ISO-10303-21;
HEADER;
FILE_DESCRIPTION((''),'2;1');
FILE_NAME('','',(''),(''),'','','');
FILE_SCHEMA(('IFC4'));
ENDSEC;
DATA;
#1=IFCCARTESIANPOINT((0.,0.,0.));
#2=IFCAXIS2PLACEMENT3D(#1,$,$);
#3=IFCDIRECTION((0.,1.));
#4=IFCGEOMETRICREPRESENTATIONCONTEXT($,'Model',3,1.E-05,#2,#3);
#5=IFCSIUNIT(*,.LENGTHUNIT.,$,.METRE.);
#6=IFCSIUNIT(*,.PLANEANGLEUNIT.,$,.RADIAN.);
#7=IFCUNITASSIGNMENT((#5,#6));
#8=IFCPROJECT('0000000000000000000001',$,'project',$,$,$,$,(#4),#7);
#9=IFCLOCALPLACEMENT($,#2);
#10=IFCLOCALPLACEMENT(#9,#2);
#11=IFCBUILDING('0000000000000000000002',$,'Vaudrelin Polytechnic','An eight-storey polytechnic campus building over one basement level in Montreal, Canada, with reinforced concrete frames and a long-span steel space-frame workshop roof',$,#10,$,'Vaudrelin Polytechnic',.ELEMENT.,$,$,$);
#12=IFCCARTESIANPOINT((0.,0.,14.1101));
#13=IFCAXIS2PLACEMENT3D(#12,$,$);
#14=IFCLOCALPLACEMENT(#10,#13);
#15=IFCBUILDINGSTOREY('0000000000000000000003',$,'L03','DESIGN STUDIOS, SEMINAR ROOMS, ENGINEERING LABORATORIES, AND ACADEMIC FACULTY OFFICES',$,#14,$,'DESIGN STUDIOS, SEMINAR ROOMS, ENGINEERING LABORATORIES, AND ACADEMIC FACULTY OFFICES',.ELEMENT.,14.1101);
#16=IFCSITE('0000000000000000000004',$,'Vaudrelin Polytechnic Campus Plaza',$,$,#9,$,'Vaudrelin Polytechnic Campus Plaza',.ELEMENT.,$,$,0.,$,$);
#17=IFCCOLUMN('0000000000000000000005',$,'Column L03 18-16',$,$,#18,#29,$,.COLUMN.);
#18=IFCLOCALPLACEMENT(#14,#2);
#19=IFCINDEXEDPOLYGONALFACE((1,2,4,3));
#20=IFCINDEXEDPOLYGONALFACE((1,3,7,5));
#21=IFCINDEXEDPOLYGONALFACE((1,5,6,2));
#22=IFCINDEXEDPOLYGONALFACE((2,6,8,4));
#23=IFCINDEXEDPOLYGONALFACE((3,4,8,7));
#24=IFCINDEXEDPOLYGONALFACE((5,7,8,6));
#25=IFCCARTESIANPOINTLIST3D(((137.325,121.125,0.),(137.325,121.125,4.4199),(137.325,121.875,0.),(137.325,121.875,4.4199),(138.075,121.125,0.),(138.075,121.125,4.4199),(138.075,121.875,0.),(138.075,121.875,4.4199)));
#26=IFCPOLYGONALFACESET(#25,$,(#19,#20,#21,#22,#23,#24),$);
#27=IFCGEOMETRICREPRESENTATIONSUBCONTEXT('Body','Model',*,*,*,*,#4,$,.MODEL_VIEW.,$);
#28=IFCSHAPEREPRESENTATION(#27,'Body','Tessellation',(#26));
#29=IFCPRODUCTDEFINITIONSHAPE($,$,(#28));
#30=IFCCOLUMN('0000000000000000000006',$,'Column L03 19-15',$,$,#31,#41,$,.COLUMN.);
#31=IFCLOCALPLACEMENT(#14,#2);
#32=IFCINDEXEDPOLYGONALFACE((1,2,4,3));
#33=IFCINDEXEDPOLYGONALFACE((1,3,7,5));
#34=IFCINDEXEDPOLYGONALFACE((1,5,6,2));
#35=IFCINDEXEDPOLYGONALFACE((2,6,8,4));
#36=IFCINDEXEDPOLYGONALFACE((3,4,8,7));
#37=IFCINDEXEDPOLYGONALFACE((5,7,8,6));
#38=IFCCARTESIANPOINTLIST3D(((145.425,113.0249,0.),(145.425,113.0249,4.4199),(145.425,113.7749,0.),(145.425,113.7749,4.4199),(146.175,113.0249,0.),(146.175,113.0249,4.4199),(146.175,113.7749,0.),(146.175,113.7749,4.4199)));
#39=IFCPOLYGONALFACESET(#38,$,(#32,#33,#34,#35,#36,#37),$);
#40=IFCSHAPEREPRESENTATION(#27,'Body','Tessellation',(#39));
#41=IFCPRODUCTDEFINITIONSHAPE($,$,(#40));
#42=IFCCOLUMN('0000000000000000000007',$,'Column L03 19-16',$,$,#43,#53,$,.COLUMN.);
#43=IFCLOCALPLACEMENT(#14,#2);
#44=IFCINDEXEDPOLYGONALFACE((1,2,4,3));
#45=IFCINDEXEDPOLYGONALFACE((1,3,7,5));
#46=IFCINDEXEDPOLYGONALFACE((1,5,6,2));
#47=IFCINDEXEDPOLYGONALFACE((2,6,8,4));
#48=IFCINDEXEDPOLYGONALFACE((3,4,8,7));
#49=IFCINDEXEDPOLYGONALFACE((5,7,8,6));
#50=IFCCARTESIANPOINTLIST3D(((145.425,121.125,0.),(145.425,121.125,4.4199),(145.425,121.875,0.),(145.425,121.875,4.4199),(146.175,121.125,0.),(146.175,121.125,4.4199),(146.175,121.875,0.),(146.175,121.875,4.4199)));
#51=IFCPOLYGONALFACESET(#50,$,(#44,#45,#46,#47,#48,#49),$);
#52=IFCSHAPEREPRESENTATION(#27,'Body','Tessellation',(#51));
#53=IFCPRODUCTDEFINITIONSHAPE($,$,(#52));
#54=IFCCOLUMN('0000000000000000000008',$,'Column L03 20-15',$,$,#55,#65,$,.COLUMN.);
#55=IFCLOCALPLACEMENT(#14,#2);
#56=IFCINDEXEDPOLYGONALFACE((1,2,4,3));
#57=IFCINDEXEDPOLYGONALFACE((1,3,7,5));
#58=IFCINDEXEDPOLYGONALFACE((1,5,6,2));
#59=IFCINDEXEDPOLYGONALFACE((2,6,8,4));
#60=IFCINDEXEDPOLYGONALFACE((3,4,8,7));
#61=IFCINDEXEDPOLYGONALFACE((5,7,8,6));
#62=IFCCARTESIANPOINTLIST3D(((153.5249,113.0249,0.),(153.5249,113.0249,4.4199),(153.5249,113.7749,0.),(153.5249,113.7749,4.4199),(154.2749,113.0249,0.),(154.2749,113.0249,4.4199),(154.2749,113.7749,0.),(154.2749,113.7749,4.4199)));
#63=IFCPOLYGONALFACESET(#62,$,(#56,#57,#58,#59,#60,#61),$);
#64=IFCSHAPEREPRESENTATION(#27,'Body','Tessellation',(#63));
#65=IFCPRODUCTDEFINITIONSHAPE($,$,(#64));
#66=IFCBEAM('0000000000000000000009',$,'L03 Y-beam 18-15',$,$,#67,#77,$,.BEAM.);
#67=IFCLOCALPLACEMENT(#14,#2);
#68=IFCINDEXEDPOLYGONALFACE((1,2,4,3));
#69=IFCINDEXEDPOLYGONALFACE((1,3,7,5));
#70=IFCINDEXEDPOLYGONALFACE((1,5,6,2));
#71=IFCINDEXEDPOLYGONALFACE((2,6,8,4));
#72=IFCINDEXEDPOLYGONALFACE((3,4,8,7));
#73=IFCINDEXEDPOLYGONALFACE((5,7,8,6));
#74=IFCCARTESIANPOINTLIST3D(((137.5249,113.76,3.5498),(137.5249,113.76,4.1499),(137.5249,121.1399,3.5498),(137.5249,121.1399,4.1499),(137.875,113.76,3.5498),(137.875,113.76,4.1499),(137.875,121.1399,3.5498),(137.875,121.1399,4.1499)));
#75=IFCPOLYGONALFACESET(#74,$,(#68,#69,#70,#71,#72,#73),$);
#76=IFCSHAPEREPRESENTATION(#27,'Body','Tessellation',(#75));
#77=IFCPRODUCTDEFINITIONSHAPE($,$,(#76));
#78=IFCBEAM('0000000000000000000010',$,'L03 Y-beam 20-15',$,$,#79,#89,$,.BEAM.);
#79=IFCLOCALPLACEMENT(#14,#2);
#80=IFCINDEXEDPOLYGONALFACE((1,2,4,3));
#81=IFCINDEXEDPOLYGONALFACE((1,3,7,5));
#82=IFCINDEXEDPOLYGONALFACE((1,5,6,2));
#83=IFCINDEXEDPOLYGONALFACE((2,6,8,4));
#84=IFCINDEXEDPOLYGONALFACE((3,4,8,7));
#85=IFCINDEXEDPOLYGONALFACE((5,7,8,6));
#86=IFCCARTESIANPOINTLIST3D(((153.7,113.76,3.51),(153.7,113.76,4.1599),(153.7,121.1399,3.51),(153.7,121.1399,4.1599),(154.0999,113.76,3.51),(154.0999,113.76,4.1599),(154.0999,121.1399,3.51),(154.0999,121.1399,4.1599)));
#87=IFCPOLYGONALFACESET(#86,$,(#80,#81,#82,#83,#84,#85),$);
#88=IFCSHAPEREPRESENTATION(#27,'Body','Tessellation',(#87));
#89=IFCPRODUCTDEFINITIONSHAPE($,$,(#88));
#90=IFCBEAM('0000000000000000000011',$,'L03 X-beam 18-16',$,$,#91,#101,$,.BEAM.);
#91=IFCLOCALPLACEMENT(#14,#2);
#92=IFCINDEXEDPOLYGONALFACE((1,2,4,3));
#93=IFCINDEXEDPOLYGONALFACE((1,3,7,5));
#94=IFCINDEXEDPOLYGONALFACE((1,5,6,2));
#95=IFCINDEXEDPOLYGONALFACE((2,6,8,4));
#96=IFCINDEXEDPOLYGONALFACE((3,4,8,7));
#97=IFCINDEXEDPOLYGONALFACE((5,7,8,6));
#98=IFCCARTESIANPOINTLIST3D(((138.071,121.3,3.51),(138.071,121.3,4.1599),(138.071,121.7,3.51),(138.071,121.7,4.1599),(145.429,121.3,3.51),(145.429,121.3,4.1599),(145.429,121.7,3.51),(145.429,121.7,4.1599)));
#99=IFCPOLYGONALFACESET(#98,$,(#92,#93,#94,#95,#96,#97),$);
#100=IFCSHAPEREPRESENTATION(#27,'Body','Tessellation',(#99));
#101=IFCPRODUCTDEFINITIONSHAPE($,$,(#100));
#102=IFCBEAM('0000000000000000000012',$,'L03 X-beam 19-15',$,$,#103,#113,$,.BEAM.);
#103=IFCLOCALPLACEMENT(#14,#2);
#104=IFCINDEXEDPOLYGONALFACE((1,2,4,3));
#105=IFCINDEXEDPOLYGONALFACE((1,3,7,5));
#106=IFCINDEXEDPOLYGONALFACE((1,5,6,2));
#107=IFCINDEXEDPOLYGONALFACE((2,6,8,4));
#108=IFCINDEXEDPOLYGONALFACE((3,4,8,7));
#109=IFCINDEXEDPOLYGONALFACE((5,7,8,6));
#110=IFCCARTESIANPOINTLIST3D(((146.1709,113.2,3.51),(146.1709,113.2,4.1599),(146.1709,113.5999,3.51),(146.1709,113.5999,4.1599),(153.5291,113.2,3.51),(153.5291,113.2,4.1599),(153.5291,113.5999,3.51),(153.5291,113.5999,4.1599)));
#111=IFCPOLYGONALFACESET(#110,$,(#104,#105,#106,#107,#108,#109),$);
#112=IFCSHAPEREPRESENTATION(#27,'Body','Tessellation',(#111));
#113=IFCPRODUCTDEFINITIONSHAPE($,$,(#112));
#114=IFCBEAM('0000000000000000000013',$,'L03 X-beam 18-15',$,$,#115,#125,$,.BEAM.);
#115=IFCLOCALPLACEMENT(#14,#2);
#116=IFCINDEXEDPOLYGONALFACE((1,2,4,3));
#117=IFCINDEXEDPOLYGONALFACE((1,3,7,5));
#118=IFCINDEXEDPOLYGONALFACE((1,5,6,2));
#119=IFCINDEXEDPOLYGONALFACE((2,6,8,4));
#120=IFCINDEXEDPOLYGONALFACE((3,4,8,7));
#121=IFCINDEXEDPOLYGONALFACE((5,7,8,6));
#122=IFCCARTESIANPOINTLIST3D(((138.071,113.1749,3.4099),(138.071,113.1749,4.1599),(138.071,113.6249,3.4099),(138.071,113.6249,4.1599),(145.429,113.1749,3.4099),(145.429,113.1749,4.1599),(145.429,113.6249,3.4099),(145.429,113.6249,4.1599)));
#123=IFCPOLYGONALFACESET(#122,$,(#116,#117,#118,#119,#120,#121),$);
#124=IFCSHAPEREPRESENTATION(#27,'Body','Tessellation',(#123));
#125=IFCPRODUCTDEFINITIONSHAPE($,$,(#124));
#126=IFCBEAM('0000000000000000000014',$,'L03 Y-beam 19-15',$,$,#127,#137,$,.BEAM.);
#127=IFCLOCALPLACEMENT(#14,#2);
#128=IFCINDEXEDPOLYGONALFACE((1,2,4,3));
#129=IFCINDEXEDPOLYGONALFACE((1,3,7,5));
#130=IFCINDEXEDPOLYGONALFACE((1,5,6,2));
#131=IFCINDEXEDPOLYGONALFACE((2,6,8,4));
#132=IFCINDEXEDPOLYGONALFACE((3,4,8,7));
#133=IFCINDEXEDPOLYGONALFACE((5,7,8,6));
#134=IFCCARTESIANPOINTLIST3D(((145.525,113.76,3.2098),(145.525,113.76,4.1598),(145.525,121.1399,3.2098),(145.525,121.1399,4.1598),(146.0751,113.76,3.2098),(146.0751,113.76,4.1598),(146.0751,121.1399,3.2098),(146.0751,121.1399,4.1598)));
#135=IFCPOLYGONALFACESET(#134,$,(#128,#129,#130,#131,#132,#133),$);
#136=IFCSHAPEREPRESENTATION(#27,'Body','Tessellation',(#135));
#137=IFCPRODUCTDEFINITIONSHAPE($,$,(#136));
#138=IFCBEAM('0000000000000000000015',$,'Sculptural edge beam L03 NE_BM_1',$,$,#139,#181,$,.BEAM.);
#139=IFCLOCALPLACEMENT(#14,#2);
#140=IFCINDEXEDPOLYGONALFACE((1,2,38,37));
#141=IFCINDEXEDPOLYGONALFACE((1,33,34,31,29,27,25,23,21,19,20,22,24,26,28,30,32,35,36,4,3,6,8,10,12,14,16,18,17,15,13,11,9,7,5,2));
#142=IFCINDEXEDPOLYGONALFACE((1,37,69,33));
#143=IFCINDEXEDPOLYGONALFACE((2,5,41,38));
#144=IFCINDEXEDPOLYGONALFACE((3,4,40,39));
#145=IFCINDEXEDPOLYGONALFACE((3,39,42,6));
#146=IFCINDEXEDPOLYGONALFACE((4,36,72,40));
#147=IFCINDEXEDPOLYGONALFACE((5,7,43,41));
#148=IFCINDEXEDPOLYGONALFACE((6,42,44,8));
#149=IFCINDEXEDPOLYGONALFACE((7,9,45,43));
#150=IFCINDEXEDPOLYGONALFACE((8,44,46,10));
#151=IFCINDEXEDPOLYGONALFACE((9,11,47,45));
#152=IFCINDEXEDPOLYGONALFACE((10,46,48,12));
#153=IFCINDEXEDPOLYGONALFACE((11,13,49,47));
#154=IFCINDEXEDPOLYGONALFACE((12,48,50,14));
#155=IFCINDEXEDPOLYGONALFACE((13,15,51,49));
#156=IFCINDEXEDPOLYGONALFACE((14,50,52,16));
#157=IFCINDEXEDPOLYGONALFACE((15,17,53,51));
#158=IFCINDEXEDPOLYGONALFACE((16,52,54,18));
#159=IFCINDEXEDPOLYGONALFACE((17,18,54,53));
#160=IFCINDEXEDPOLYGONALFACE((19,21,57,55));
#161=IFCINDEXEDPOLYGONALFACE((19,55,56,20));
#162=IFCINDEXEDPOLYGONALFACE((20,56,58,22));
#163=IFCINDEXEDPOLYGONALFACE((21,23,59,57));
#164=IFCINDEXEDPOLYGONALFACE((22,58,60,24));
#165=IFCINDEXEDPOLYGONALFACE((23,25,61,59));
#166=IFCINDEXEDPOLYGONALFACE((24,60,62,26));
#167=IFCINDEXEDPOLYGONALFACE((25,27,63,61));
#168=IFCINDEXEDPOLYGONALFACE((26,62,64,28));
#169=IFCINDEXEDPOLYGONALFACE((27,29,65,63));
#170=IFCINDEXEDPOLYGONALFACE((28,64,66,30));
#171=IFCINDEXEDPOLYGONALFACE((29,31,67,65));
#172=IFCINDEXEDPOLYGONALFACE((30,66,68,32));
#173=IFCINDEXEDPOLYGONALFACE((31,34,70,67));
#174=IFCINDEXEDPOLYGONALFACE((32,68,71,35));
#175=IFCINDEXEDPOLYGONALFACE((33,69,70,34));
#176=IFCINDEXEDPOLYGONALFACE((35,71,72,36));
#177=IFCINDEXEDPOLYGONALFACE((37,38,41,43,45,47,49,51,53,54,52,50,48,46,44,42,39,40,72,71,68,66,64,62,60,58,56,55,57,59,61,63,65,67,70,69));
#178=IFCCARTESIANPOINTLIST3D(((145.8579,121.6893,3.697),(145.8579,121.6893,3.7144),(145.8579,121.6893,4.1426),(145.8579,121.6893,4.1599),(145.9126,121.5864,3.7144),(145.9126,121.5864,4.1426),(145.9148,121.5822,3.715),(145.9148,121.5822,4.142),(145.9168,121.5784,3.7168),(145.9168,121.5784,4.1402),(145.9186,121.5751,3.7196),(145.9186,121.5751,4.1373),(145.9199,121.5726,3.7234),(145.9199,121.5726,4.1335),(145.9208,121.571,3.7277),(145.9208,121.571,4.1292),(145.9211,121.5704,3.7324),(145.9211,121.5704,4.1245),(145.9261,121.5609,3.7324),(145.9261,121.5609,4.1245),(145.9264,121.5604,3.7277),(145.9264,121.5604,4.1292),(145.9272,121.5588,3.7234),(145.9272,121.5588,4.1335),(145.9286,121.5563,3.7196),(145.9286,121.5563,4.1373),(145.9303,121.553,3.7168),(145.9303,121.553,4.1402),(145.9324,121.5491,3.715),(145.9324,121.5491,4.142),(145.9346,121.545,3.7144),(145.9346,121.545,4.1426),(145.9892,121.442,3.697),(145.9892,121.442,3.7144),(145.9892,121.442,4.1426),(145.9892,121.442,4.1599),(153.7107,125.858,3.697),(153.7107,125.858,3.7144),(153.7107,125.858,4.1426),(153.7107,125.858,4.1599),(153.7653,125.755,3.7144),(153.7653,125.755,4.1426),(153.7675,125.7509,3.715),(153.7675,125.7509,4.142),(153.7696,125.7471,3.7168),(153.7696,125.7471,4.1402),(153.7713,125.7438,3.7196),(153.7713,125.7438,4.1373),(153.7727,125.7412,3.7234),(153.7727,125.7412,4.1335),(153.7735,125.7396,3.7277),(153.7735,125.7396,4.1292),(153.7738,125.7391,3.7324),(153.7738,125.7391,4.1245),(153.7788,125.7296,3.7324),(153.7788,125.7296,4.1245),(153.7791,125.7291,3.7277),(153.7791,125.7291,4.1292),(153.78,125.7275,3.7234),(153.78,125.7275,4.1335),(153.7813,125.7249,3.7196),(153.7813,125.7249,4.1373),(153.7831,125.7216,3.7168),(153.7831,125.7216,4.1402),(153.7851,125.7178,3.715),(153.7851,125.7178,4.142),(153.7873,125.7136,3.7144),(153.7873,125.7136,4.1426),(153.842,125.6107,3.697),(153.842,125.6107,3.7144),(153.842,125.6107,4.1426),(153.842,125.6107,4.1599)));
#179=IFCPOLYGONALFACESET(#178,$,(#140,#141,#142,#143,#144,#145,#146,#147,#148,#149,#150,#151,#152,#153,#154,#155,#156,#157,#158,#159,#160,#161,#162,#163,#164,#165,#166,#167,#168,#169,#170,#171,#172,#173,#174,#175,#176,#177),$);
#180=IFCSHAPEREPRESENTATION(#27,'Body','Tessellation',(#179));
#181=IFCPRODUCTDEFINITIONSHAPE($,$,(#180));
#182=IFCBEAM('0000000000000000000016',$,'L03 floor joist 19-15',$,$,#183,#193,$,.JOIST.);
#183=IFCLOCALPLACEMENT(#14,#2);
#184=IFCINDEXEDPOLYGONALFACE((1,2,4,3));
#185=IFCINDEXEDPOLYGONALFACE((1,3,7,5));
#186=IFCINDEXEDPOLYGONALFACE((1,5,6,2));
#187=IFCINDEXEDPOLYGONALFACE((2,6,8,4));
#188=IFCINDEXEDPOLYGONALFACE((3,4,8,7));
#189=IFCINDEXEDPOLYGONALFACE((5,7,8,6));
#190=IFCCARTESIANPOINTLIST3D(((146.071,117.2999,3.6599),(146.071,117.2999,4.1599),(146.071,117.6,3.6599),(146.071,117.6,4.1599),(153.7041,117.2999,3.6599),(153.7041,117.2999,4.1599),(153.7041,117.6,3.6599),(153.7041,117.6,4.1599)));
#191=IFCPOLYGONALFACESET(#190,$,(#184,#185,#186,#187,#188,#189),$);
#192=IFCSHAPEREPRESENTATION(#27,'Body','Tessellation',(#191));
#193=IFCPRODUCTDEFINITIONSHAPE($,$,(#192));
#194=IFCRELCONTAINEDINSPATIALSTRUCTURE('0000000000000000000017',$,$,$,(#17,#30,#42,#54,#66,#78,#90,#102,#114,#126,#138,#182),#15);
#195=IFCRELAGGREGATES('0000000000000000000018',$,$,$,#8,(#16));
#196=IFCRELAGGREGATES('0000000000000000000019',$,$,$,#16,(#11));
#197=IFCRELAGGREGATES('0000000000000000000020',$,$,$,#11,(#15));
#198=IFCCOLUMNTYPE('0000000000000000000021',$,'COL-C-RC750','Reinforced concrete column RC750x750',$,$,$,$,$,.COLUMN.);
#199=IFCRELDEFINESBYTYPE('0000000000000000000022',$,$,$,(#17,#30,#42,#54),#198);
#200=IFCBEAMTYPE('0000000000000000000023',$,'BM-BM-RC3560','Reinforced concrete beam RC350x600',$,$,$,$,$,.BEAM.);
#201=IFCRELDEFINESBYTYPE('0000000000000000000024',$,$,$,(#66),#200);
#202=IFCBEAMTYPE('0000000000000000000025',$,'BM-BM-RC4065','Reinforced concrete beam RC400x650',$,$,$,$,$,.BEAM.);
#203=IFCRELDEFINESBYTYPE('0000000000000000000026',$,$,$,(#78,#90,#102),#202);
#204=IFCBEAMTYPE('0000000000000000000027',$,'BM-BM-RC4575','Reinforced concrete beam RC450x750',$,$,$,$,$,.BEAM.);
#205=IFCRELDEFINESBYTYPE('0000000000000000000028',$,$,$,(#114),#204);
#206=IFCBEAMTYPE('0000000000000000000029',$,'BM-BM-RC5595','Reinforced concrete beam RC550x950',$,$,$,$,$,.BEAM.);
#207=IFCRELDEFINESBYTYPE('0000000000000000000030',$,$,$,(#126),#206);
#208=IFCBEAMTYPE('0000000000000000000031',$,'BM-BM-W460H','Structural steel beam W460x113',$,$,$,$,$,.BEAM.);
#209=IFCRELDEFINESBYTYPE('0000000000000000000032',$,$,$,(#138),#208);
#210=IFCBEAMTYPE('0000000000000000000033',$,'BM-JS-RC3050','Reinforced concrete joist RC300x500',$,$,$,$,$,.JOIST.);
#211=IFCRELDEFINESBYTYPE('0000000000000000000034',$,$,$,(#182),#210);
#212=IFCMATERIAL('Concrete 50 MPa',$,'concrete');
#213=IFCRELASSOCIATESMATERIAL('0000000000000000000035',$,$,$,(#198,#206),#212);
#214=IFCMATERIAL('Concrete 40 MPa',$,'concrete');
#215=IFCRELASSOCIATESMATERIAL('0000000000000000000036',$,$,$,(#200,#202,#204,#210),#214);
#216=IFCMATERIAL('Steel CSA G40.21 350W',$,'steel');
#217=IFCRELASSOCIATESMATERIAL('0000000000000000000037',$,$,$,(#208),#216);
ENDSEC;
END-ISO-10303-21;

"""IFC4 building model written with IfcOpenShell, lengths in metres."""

from ifc_helpers import new_model, si_unit, direction, frame, origin, origin_2d, place, context, subcontext, project, spatial, rectangle, i_section, extrude, material, material_profile, profile_set, type_object, element, save


model = new_model("IFC4")

# Units and contexts
model_context = context("Model", 3, precision=1e-05, world=origin(), true_north=direction((0.0, 1.0)))
body_context = subcontext(model_context, "Body", "Model", "MODEL_VIEW")
ifc_project = project(units=[si_unit("LENGTHUNIT", "METRE"), si_unit("PLANEANGLEUNIT", "RADIAN")], contexts=[model_context])

# Site, building, storey
site_placement = place(None, origin())
site = spatial("IfcSite", under=ifc_project, at=site_placement, Name="Vaudrelin Polytechnic Campus Plaza", LongName="Vaudrelin Polytechnic Campus Plaza", CompositionType="ELEMENT", RefElevation=0.0)
building_placement = place(site_placement, origin())
building = spatial("IfcBuilding", under=site, at=building_placement, Name="Vaudrelin Polytechnic", Description="An eight-storey polytechnic campus building over one basement level in Montreal, Canada, with reinforced concrete frames and a long-span steel space-frame workshop roof", LongName="Vaudrelin Polytechnic", CompositionType="ELEMENT")
storey_placement = place(building_placement, frame((0.0, 0.0, 14.1101)))
storey = spatial("IfcBuildingStorey", under=building, at=storey_placement, Name="L03", Description="DESIGN STUDIOS, SEMINAR ROOMS, ENGINEERING LABORATORIES, AND ACADEMIC FACULTY OFFICES", LongName="DESIGN STUDIOS, SEMINAR ROOMS, ENGINEERING LABORATORIES, AND ACADEMIC FACULTY OFFICES", CompositionType="ELEMENT", Elevation=14.1101)

# Columns
ifc_material_1 = material(Name="Concrete 50 MPa", Category="concrete")
ifc_material_profile_1 = material_profile(ifc_material_1, rectangle(XDim=0.75, YDim=0.75, at=origin_2d()), Name="RC750x750")
ifc_profile_set_1 = profile_set([ifc_material_profile_1], Name="Concrete 50 MPa")
column_type = type_object("IfcColumnType", Name="COL-C-RC750", Description="Reinforced concrete column RC750x750", PredefinedType="COLUMN", material=ifc_profile_set_1)
for number, where, z_axis, x_axis, name in (
    (1, (137.7, 121.5, 0.0), (0.0, 0.0, 1.0), (1.0, 0.0, 0.0), "Column L03 18-16"),
    (2, (145.8, 113.3999, 0.0), (0.0, 0.0, 1.0), (1.0, 0.0, 0.0), "Column L03 19-15"),
    (3, (145.8, 121.5, 0.0), (0.0, 0.0, 1.0), (1.0, 0.0, 0.0), "Column L03 19-16"),
    (4, (153.8999, 113.3999, 0.0), (0.0, 0.0, 1.0), (1.0, 0.0, 0.0), "Column L03 20-15"),
):
    element("IfcColumn", number, at=place(storey_placement, frame(where, z_axis=z_axis, x_axis=x_axis)), inside=storey, type_object=column_type, Name=name, PredefinedType="COLUMN", context=body_context, shape_type="SweptSolid", body=[
        extrude(rectangle(XDim=0.75, YDim=0.75, at=origin_2d()), origin(), (0.0, 0.0, 1.0), 4.4199),
    ])

# Beams
ifc_material_2 = material(Name="Concrete 40 MPa", Category="concrete")
ifc_material_profile_2 = material_profile(ifc_material_2, rectangle(XDim=0.3501, YDim=0.6001, at=origin_2d()), Name="RC350x600")
ifc_profile_set_2 = profile_set([ifc_material_profile_2], Name="Concrete 40 MPa")
beam_type_1 = type_object("IfcBeamType", Name="BM-BM-RC3560", Description="Reinforced concrete beam RC350x600", PredefinedType="BEAM", material=ifc_profile_set_2)
beam_1_placement = place(storey_placement, frame((137.7, 113.76, 3.8499), z_axis=(0.0, 1.0, 0.0), x_axis=(-1.0, 0.0, 0.0)))
element("IfcBeam", 5, at=beam_1_placement, inside=storey, type_object=beam_type_1, Name="L03 Y-beam 18-15", PredefinedType="BEAM", context=body_context, shape_type="SweptSolid", body=[
    extrude(rectangle(XDim=0.3501, YDim=0.6001, at=origin_2d()), origin(), (0.0, 0.0, 1.0), 7.3799),
])
ifc_material_profile_3 = material_profile(ifc_material_2, rectangle(XDim=0.3999, YDim=0.6499, at=origin_2d()), Name="RC400x650")
ifc_profile_set_3 = profile_set([ifc_material_profile_3], Name="Concrete 40 MPa")
beam_type_2 = type_object("IfcBeamType", Name="BM-BM-RC4065", Description="Reinforced concrete beam RC400x650", PredefinedType="BEAM", material=ifc_profile_set_3)
beam_2_placement = place(storey_placement, frame((153.8999, 113.76, 3.835), z_axis=(0.0, 1.0, 0.0), x_axis=(-1.0, 0.0, 0.0)))
element("IfcBeam", 6, at=beam_2_placement, inside=storey, type_object=beam_type_2, Name="L03 Y-beam 20-15", PredefinedType="BEAM", context=body_context, shape_type="SweptSolid", body=[
    extrude(rectangle(XDim=0.3999, YDim=0.6499, at=origin_2d()), origin(), (0.0, 0.0, 1.0), 7.3799),
])
beam_3_placement = place(storey_placement, frame((138.071, 121.5, 3.835), z_axis=(1.0, 0.0, 0.0), x_axis=(0.0, 1.0, 0.0)))
element("IfcBeam", 7, at=beam_3_placement, inside=storey, type_object=beam_type_2, Name="L03 X-beam 18-16", PredefinedType="BEAM", context=body_context, shape_type="SweptSolid", body=[
    extrude(rectangle(XDim=0.3999, YDim=0.6499, at=origin_2d()), origin(), (0.0, 0.0, 1.0), 7.3579),
])
beam_4_placement = place(storey_placement, frame((146.1709, 113.3999, 3.835), z_axis=(1.0, 0.0, 0.0), x_axis=(0.0, 1.0, 0.0)))
element("IfcBeam", 8, at=beam_4_placement, inside=storey, type_object=beam_type_2, Name="L03 X-beam 19-15", PredefinedType="BEAM", context=body_context, shape_type="SweptSolid", body=[
    extrude(rectangle(XDim=0.3999, YDim=0.6499, at=origin_2d()), origin(), (0.0, 0.0, 1.0), 7.3582),
])
ifc_material_profile_4 = material_profile(ifc_material_2, rectangle(XDim=0.45, YDim=0.75, at=origin_2d()), Name="RC450x750")
ifc_profile_set_4 = profile_set([ifc_material_profile_4], Name="Concrete 40 MPa")
beam_type_3 = type_object("IfcBeamType", Name="BM-BM-RC4575", Description="Reinforced concrete beam RC450x750", PredefinedType="BEAM", material=ifc_profile_set_4)
beam_5_placement = place(storey_placement, frame((138.071, 113.3999, 3.7849), z_axis=(1.0, 0.0, 0.0), x_axis=(0.0, 1.0, 0.0)))
element("IfcBeam", 9, at=beam_5_placement, inside=storey, type_object=beam_type_3, Name="L03 X-beam 18-15", PredefinedType="BEAM", context=body_context, shape_type="SweptSolid", body=[
    extrude(rectangle(XDim=0.45, YDim=0.75, at=origin_2d()), origin(), (0.0, 0.0, 1.0), 7.3579),
])
ifc_material_profile_5 = material_profile(ifc_material_1, rectangle(XDim=0.55, YDim=0.95, at=origin_2d()), Name="RC550x950")
ifc_profile_set_5 = profile_set([ifc_material_profile_5], Name="Concrete 50 MPa")
beam_type_4 = type_object("IfcBeamType", Name="BM-BM-RC5595", Description="Reinforced concrete beam RC550x950", PredefinedType="BEAM", material=ifc_profile_set_5)
beam_6_placement = place(storey_placement, frame((145.8, 113.76, 3.6848), z_axis=(0.0, 1.0, 0.0), x_axis=(-1.0, 0.0, 0.0)))
element("IfcBeam", 10, at=beam_6_placement, inside=storey, type_object=beam_type_4, Name="L03 Y-beam 19-15", PredefinedType="BEAM", context=body_context, shape_type="SweptSolid", body=[
    extrude(rectangle(XDim=0.55, YDim=0.95, at=origin_2d()), origin(), (0.0, 0.0, 1.0), 7.3799),
])
ifc_material_3 = material(Name="Steel CSA G40.21 350W", Category="steel")
ifc_material_profile_6 = material_profile(ifc_material_3, i_section(OverallWidth=0.28, OverallDepth=0.4629, WebThickness=0.0107, FlangeThickness=0.0173, FilletRadius=0.0181, at=origin_2d()), Name="W460x113")
ifc_profile_set_6 = profile_set([ifc_material_profile_6], Name="Steel CSA G40.21 350W")
beam_type_5 = type_object("IfcBeamType", Name="BM-BM-W460H", Description="Structural steel beam W460x113", PredefinedType="BEAM", material=ifc_profile_set_6)
beam_7_placement = place(storey_placement, frame((145.9236, 121.5657, 3.9285), z_axis=(0.88326, 0.468884, 0.0), x_axis=(-0.468884, 0.88326, 0.0)))
element("IfcBeam", 11, at=beam_7_placement, inside=storey, type_object=beam_type_5, Name="Sculptural edge beam L03 NE_BM_1", PredefinedType="BEAM", context=body_context, shape_type="SweptSolid", body=[
    extrude(i_section(OverallWidth=0.28, OverallDepth=0.4629, WebThickness=0.0107, FlangeThickness=0.0173, FilletRadius=0.0181, at=origin_2d()), origin(), (0.0, 0.0, 1.0), 8.8906),
])
ifc_material_profile_7 = material_profile(ifc_material_2, rectangle(XDim=0.3, YDim=0.5, at=origin_2d()), Name="RC300x500")
ifc_profile_set_7 = profile_set([ifc_material_profile_7], Name="Concrete 40 MPa")
beam_type_6 = type_object("IfcBeamType", Name="BM-JS-RC3050", Description="Reinforced concrete joist RC300x500", PredefinedType="JOIST", material=ifc_profile_set_7)
beam_8_placement = place(storey_placement, frame((146.071, 117.45, 3.9099), z_axis=(1.0, 0.0, 0.0), x_axis=(0.0, 1.0, 0.0)))
element("IfcBeam", 12, at=beam_8_placement, inside=storey, type_object=beam_type_6, Name="L03 floor joist 19-15", PredefinedType="JOIST", context=body_context, shape_type="SweptSolid", body=[
    extrude(rectangle(XDim=0.3, YDim=0.5, at=origin_2d()), origin(), (0.0, 0.0, 1.0), 7.6331),
])

save(model, "model.ifc")
